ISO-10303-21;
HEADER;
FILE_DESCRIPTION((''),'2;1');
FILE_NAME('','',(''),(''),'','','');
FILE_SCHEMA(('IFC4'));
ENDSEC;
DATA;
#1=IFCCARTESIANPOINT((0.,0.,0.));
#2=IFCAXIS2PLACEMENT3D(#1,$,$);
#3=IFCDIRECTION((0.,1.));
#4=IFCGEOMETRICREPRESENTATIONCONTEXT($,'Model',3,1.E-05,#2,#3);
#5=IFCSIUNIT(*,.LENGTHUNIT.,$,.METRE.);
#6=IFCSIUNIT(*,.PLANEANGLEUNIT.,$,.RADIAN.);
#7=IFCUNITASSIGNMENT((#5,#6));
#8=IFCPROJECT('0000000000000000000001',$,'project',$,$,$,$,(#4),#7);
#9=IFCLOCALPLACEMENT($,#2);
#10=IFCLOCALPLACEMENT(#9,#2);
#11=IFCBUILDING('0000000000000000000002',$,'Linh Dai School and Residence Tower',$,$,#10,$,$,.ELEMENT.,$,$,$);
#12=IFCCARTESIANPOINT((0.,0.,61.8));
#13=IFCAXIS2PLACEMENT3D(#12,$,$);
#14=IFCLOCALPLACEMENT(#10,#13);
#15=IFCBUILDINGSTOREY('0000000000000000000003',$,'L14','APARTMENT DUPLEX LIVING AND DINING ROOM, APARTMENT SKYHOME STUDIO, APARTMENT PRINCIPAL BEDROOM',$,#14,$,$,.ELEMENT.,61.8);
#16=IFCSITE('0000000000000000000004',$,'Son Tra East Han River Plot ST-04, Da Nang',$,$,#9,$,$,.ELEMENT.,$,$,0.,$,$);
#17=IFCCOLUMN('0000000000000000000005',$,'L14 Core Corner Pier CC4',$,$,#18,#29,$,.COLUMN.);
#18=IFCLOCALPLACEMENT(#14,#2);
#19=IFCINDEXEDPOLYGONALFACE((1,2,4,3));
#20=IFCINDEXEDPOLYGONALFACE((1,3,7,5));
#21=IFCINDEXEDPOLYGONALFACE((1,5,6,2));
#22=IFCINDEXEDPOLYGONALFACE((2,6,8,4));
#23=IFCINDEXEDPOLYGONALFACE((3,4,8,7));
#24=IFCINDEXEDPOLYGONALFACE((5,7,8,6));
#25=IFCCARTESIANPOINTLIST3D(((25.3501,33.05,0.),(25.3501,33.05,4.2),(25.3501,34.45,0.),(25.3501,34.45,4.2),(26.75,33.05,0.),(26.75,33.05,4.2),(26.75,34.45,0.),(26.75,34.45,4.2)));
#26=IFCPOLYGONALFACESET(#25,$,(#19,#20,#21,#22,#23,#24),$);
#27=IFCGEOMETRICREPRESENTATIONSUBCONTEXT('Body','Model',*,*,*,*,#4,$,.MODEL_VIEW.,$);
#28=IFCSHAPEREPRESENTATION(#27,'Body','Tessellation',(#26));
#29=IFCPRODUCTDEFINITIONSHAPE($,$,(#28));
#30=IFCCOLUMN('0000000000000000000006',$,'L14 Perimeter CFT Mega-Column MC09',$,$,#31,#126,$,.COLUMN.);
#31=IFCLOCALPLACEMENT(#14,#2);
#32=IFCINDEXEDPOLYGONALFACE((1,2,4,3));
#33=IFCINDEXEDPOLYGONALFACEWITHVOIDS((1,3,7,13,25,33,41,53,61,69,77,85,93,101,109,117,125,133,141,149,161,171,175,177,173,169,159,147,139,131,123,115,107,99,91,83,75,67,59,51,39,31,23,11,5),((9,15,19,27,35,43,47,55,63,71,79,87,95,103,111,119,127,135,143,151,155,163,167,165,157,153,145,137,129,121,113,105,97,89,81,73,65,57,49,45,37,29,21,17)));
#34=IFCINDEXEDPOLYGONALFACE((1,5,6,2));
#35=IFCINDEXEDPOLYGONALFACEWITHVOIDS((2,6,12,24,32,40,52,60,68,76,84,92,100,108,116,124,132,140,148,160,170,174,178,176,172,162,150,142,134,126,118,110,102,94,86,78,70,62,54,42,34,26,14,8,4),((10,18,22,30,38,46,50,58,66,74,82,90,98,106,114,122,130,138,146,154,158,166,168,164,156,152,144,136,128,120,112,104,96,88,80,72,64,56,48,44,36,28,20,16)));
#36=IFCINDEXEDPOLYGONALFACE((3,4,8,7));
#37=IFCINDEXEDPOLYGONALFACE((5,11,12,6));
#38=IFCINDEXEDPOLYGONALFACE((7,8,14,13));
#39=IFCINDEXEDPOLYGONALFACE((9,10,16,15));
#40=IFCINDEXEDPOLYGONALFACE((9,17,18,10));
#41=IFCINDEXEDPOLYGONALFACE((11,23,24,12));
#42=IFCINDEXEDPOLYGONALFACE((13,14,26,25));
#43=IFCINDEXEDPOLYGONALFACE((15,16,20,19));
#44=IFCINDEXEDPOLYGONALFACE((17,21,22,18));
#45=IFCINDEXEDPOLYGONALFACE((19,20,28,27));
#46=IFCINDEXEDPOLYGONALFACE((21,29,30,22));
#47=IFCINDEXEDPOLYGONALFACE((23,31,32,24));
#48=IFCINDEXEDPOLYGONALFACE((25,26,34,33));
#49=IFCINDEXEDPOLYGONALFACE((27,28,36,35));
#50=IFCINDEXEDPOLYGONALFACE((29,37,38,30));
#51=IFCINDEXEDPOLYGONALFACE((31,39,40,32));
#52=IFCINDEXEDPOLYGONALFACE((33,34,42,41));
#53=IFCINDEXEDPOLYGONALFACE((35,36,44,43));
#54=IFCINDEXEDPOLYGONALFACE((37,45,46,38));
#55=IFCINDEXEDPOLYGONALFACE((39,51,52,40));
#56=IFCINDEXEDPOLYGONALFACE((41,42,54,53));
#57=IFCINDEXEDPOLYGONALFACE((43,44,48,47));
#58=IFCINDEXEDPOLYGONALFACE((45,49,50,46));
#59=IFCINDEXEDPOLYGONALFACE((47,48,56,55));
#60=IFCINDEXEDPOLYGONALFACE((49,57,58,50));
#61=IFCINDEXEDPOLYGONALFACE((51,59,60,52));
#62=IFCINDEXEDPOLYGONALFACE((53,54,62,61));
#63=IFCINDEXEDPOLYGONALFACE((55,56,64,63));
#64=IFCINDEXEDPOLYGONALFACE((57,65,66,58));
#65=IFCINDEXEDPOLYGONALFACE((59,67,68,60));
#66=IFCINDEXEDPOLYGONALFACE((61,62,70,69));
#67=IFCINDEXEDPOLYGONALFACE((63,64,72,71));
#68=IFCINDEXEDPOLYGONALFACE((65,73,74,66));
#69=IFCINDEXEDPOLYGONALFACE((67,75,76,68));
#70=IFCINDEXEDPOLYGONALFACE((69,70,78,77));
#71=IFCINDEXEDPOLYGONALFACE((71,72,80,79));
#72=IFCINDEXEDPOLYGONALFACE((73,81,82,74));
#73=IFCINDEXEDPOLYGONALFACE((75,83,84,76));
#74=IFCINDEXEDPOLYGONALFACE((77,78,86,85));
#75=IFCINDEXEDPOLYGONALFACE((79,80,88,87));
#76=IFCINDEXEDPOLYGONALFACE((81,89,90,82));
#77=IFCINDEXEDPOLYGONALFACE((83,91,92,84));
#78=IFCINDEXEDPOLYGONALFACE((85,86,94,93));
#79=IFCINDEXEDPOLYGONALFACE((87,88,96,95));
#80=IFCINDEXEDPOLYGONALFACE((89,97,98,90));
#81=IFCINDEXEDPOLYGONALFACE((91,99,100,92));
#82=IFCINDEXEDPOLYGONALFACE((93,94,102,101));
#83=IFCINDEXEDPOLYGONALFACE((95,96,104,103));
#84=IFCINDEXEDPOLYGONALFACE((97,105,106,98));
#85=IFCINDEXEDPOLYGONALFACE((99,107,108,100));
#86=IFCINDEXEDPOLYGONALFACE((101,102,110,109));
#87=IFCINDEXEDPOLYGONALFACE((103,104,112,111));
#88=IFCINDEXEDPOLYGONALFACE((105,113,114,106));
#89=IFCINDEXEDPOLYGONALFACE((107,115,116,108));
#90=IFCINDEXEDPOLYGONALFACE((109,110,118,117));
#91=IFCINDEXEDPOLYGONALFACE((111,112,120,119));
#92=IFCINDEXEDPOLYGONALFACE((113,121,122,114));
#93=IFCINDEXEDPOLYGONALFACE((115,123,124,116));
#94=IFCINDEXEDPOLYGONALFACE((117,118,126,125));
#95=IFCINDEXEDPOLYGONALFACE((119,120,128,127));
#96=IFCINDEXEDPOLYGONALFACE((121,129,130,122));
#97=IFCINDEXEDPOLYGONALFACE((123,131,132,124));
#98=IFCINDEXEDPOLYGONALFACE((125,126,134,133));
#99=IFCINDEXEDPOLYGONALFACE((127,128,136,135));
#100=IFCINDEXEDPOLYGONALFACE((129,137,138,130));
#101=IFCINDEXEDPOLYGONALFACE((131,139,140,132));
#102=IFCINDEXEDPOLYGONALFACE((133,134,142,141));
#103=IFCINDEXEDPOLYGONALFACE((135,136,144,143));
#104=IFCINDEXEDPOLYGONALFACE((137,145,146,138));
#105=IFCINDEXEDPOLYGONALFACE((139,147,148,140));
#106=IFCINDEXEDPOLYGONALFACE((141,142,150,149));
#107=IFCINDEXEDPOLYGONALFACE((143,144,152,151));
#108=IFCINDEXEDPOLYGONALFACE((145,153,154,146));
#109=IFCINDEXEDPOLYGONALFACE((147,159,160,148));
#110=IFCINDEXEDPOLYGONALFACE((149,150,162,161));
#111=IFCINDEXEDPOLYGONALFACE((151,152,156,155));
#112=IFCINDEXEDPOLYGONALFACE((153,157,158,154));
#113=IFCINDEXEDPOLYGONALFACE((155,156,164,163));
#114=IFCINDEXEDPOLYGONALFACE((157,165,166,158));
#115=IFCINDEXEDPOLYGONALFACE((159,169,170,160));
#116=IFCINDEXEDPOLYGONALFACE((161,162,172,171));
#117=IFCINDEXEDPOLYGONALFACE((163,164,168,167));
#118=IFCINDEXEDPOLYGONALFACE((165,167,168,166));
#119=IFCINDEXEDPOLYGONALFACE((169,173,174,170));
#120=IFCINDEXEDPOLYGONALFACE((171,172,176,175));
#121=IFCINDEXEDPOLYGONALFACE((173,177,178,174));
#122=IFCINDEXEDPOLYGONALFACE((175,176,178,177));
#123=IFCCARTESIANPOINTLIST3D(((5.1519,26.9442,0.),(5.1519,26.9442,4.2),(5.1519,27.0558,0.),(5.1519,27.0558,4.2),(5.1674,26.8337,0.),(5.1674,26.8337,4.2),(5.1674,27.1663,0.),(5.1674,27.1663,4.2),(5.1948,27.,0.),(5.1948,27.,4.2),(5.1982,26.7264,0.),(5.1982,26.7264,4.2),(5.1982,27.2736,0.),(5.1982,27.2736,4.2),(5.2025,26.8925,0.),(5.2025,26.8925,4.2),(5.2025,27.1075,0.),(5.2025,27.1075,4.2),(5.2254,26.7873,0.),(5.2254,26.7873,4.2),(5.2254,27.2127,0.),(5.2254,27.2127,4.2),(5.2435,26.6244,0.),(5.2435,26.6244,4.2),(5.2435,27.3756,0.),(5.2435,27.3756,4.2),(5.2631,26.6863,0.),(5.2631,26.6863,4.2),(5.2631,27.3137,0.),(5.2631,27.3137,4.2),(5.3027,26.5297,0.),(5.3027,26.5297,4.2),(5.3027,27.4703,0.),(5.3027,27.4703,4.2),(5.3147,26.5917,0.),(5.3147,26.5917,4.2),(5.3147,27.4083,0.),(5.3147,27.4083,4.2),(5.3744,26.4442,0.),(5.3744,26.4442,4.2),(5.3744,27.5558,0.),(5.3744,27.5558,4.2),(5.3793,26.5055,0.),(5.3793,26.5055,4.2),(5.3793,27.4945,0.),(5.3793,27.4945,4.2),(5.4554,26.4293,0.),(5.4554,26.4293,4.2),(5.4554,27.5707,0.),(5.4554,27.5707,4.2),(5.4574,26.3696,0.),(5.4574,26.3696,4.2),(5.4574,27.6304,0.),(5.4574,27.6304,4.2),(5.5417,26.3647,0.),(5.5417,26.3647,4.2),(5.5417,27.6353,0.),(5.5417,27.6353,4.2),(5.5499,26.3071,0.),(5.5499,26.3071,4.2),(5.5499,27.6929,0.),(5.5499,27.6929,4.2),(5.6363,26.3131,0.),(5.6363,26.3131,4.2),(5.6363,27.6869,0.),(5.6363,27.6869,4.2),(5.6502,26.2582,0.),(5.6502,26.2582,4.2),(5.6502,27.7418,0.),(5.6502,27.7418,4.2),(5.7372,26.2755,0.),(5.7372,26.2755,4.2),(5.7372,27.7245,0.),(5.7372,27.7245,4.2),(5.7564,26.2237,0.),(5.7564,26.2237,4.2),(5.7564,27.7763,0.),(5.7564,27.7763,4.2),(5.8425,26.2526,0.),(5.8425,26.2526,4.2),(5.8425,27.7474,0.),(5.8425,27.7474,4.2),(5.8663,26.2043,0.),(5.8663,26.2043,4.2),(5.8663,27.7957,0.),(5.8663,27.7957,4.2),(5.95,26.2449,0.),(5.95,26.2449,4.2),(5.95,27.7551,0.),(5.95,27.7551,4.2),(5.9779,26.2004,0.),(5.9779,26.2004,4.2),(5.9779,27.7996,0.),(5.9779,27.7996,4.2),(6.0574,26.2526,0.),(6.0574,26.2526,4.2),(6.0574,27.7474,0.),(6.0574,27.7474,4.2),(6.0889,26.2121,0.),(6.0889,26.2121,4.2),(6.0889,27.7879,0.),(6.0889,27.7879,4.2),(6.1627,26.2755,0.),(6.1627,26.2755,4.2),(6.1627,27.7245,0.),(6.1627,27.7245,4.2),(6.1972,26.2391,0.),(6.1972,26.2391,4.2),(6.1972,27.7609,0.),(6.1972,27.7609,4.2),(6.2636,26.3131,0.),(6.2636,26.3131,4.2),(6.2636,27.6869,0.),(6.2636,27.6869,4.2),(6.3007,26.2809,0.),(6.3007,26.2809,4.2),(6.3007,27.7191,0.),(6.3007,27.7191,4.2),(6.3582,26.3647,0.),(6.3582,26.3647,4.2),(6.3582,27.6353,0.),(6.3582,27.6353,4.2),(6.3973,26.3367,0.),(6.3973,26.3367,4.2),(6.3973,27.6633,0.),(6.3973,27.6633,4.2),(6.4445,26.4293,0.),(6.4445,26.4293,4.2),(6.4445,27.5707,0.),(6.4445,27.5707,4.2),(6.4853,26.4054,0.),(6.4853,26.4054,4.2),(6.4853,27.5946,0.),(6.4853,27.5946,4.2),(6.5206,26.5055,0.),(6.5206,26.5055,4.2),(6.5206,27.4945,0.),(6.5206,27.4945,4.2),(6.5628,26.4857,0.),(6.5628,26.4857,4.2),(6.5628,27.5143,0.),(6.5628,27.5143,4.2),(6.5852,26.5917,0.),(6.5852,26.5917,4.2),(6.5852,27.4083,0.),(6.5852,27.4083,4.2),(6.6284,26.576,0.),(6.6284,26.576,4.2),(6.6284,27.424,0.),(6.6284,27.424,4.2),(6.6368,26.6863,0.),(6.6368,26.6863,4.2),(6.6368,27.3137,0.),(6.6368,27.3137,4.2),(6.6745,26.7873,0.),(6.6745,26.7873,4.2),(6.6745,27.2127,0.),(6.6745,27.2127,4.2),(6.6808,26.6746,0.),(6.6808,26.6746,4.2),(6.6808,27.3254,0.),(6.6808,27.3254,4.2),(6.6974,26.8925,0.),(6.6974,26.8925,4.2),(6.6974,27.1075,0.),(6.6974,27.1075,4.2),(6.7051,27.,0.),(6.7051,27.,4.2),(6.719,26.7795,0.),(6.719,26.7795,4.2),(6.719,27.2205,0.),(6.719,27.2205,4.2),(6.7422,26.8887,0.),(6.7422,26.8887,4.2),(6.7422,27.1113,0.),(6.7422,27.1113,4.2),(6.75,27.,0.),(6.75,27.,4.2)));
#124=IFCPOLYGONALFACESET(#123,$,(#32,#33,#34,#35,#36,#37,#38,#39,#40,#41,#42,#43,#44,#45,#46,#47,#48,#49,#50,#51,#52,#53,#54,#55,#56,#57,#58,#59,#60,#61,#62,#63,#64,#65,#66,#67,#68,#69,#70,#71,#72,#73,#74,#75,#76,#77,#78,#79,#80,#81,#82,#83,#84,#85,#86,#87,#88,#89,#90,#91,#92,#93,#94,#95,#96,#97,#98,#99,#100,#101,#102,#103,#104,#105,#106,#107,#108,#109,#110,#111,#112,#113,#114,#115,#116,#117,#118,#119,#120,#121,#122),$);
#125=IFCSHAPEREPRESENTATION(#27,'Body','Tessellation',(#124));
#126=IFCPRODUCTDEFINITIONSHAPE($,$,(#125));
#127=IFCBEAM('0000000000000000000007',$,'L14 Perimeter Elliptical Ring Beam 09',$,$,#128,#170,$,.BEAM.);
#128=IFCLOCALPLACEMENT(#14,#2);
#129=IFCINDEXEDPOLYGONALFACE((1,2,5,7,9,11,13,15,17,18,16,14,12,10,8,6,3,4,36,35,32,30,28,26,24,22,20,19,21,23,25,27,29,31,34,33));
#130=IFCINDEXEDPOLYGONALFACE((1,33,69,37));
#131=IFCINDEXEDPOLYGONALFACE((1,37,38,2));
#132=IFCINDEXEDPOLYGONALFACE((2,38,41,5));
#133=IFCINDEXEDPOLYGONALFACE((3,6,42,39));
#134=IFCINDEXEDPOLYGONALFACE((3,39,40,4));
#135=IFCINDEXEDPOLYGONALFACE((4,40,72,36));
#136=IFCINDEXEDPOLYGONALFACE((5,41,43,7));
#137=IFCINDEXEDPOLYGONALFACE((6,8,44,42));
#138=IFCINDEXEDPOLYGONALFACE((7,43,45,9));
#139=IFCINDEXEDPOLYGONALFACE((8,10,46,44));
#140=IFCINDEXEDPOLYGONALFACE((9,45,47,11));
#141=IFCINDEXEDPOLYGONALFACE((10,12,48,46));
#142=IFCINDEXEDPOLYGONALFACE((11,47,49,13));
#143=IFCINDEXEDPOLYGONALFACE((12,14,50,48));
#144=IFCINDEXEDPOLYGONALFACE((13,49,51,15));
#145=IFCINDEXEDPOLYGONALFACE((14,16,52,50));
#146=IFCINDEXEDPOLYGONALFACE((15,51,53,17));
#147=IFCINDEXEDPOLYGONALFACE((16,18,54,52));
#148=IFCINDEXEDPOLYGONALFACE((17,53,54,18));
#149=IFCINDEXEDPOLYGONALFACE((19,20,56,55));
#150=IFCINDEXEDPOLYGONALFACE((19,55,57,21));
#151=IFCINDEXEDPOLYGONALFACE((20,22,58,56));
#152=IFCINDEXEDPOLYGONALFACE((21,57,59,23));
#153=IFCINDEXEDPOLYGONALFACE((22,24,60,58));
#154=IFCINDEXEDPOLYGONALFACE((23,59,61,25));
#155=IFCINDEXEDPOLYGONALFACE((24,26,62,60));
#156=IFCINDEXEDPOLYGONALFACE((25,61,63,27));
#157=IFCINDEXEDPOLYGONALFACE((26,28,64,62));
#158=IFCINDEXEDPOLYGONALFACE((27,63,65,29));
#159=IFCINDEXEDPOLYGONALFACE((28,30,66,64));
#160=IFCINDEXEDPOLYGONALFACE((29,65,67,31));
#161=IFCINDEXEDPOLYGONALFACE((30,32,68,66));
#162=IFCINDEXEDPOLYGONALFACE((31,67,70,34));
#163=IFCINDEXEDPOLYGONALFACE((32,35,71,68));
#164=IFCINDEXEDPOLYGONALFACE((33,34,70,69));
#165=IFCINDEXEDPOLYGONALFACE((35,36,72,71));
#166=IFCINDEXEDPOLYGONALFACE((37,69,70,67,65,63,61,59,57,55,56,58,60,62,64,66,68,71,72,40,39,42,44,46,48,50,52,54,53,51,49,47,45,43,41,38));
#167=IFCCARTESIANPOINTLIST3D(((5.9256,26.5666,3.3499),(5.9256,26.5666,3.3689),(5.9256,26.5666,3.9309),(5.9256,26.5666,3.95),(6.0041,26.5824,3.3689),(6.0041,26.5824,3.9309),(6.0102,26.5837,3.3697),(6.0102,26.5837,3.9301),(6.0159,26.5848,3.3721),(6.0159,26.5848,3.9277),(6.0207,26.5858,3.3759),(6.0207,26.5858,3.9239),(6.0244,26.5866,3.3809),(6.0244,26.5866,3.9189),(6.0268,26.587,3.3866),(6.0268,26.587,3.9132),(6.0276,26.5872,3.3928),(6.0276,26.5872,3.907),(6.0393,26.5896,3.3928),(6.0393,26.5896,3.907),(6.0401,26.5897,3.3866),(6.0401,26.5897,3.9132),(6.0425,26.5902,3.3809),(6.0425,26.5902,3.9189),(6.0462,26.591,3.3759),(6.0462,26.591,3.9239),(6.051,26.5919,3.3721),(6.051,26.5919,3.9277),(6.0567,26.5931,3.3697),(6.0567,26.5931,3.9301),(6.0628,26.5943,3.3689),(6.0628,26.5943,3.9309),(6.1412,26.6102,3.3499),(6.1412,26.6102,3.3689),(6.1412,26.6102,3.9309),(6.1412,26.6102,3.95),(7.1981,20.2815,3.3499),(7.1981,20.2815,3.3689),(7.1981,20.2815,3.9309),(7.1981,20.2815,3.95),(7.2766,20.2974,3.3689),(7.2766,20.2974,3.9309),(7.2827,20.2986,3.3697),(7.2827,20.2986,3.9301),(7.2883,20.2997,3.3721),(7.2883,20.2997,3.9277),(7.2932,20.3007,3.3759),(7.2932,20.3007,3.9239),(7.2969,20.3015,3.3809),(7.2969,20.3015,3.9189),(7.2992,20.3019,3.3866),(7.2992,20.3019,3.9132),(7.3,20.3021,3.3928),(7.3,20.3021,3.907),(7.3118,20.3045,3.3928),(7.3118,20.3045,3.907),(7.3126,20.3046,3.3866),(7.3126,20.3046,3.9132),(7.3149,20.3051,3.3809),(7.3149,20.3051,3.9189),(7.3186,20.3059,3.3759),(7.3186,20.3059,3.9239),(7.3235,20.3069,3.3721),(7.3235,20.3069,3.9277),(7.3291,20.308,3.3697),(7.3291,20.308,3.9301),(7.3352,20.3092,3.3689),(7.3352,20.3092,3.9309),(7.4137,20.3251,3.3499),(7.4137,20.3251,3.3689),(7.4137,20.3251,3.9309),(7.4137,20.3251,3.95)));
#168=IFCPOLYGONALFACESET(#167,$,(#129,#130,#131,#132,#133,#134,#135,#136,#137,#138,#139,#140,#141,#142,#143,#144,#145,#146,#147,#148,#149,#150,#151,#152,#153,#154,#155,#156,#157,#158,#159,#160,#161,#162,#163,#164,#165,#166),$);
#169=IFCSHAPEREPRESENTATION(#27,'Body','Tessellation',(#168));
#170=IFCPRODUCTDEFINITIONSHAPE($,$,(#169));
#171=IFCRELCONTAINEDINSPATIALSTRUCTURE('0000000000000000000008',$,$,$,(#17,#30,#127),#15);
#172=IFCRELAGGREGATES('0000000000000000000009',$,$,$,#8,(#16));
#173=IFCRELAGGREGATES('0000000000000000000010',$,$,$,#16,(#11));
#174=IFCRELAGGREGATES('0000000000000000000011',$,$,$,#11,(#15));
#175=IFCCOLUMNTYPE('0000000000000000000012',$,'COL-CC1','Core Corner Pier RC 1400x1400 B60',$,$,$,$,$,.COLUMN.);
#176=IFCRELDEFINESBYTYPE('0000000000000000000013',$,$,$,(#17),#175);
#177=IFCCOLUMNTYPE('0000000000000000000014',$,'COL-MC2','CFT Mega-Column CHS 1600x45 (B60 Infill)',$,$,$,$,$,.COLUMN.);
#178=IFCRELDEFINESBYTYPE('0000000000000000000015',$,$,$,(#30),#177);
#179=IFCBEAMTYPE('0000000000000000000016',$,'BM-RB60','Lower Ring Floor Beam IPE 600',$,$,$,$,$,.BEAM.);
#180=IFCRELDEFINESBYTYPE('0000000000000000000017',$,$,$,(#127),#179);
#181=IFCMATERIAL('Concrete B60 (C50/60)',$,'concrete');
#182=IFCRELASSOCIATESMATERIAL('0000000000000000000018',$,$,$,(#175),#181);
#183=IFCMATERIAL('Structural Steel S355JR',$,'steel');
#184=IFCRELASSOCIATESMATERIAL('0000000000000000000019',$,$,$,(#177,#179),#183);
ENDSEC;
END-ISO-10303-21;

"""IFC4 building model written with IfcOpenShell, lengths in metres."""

from ifc_helpers import new_model, si_unit, direction, frame, origin, origin_2d, place, context, subcontext, project, spatial, rectangle, hollow_circle, i_section, extrude, material, material_profile, profile_set, type_object, element, save


model = new_model("IFC4")

# Units and contexts
model_context = context("Model", 3, precision=1e-05, world=origin(), true_north=direction((0.0, 1.0)))
body_context = subcontext(model_context, "Body", "Model", "MODEL_VIEW")
ifc_project = project(units=[si_unit("LENGTHUNIT", "METRE"), si_unit("PLANEANGLEUNIT", "RADIAN")], contexts=[model_context])

# Site, building, storey
site_placement = place(None, origin())
site = spatial("IfcSite", under=ifc_project, at=site_placement, Name="Son Tra East Han River Plot ST-04, Da Nang", CompositionType="ELEMENT", RefElevation=0.0)
building_placement = place(site_placement, origin())
building = spatial("IfcBuilding", under=site, at=building_placement, Name="Linh Dai School and Residence Tower", CompositionType="ELEMENT")
storey_placement = place(building_placement, frame((0.0, 0.0, 61.8)))
storey = spatial("IfcBuildingStorey", under=building, at=storey_placement, Name="L14", Description="APARTMENT DUPLEX LIVING AND DINING ROOM, APARTMENT SKYHOME STUDIO, APARTMENT PRINCIPAL BEDROOM", CompositionType="ELEMENT", Elevation=61.8)

# Columns
ifc_material_1 = material(Name="Concrete B60 (C50/60)", Category="concrete")
ifc_material_profile_1 = material_profile(ifc_material_1, rectangle(XDim=1.3999, YDim=1.3999, at=origin_2d()), Name="RC 1400x1400")
ifc_profile_set_1 = profile_set([ifc_material_profile_1], Name="Concrete B60 (C50/60)")
column_type_1 = type_object("IfcColumnType", Name="COL-CC1", Description="Core Corner Pier RC 1400x1400 B60", PredefinedType="COLUMN", material=ifc_profile_set_1)
column_1_placement = place(storey_placement, frame((26.05, 33.75, 0.0), z_axis=(0.0, 0.0, 1.0), x_axis=(1.0, 0.0, 0.0)))
element("IfcColumn", 1, at=column_1_placement, inside=storey, type_object=column_type_1, Name="L14 Core Corner Pier CC4", PredefinedType="COLUMN", context=body_context, shape_type="SweptSolid", body=[
    extrude(rectangle(XDim=1.3999, YDim=1.3999, at=origin_2d()), origin(), (0.0, 0.0, 1.0), 4.2),
])
ifc_material_2 = material(Name="Structural Steel S355JR", Category="steel")
ifc_material_profile_2 = material_profile(ifc_material_2, hollow_circle(Radius=0.8, WallThickness=0.0449, at=origin_2d()), Name="CHS 1600x45")
ifc_profile_set_2 = profile_set([ifc_material_profile_2], Name="Structural Steel S355JR")
column_type_2 = type_object("IfcColumnType", Name="COL-MC2", Description="CFT Mega-Column CHS 1600x45 (B60 Infill)", PredefinedType="COLUMN", material=ifc_profile_set_2)
column_2_placement = place(storey_placement, frame((5.95, 27.0, 0.0), z_axis=(0.0, 0.0, 1.0), x_axis=(1.0, 0.0, 0.0)))
element("IfcColumn", 2, at=column_2_placement, inside=storey, type_object=column_type_2, Name="L14 Perimeter CFT Mega-Column MC09", PredefinedType="COLUMN", context=body_context, shape_type="SweptSolid", body=[
    extrude(hollow_circle(Radius=0.8, WallThickness=0.0449, at=origin_2d()), origin(), (0.0, 0.0, 1.0), 4.2),
])

# Beam
ifc_material_profile_3 = material_profile(ifc_material_2, i_section(OverallWidth=0.22, OverallDepth=0.6001, WebThickness=0.012, FlangeThickness=0.019, FilletRadius=0.0239, at=origin_2d()), Name="IPE 600")
ifc_profile_set_3 = profile_set([ifc_material_profile_3], Name="Structural Steel S355JR")
beam_type_1 = type_object("IfcBeamType", Name="BM-RB60", Description="Lower Ring Floor Beam IPE 600", PredefinedType="BEAM", material=ifc_profile_set_3)
beam_1_placement = place(storey_placement, frame((6.0334, 26.5884, 3.6499), z_axis=(0.198429, -0.980115, 0.0), x_axis=(0.980115, 0.198429, 0.0)))
element("IfcBeam", 3, at=beam_1_placement, inside=storey, type_object=beam_type_1, Name="L14 Perimeter Elliptical Ring Beam 09", PredefinedType="BEAM", context=body_context, shape_type="SweptSolid", body=[
    extrude(i_section(OverallWidth=0.22, OverallDepth=0.6001, WebThickness=0.012, FlangeThickness=0.019, FilletRadius=0.0239, at=origin_2d()), origin(), (0.0, 0.0, 1.0), 6.4126),
])

save(model, "model.ifc")
